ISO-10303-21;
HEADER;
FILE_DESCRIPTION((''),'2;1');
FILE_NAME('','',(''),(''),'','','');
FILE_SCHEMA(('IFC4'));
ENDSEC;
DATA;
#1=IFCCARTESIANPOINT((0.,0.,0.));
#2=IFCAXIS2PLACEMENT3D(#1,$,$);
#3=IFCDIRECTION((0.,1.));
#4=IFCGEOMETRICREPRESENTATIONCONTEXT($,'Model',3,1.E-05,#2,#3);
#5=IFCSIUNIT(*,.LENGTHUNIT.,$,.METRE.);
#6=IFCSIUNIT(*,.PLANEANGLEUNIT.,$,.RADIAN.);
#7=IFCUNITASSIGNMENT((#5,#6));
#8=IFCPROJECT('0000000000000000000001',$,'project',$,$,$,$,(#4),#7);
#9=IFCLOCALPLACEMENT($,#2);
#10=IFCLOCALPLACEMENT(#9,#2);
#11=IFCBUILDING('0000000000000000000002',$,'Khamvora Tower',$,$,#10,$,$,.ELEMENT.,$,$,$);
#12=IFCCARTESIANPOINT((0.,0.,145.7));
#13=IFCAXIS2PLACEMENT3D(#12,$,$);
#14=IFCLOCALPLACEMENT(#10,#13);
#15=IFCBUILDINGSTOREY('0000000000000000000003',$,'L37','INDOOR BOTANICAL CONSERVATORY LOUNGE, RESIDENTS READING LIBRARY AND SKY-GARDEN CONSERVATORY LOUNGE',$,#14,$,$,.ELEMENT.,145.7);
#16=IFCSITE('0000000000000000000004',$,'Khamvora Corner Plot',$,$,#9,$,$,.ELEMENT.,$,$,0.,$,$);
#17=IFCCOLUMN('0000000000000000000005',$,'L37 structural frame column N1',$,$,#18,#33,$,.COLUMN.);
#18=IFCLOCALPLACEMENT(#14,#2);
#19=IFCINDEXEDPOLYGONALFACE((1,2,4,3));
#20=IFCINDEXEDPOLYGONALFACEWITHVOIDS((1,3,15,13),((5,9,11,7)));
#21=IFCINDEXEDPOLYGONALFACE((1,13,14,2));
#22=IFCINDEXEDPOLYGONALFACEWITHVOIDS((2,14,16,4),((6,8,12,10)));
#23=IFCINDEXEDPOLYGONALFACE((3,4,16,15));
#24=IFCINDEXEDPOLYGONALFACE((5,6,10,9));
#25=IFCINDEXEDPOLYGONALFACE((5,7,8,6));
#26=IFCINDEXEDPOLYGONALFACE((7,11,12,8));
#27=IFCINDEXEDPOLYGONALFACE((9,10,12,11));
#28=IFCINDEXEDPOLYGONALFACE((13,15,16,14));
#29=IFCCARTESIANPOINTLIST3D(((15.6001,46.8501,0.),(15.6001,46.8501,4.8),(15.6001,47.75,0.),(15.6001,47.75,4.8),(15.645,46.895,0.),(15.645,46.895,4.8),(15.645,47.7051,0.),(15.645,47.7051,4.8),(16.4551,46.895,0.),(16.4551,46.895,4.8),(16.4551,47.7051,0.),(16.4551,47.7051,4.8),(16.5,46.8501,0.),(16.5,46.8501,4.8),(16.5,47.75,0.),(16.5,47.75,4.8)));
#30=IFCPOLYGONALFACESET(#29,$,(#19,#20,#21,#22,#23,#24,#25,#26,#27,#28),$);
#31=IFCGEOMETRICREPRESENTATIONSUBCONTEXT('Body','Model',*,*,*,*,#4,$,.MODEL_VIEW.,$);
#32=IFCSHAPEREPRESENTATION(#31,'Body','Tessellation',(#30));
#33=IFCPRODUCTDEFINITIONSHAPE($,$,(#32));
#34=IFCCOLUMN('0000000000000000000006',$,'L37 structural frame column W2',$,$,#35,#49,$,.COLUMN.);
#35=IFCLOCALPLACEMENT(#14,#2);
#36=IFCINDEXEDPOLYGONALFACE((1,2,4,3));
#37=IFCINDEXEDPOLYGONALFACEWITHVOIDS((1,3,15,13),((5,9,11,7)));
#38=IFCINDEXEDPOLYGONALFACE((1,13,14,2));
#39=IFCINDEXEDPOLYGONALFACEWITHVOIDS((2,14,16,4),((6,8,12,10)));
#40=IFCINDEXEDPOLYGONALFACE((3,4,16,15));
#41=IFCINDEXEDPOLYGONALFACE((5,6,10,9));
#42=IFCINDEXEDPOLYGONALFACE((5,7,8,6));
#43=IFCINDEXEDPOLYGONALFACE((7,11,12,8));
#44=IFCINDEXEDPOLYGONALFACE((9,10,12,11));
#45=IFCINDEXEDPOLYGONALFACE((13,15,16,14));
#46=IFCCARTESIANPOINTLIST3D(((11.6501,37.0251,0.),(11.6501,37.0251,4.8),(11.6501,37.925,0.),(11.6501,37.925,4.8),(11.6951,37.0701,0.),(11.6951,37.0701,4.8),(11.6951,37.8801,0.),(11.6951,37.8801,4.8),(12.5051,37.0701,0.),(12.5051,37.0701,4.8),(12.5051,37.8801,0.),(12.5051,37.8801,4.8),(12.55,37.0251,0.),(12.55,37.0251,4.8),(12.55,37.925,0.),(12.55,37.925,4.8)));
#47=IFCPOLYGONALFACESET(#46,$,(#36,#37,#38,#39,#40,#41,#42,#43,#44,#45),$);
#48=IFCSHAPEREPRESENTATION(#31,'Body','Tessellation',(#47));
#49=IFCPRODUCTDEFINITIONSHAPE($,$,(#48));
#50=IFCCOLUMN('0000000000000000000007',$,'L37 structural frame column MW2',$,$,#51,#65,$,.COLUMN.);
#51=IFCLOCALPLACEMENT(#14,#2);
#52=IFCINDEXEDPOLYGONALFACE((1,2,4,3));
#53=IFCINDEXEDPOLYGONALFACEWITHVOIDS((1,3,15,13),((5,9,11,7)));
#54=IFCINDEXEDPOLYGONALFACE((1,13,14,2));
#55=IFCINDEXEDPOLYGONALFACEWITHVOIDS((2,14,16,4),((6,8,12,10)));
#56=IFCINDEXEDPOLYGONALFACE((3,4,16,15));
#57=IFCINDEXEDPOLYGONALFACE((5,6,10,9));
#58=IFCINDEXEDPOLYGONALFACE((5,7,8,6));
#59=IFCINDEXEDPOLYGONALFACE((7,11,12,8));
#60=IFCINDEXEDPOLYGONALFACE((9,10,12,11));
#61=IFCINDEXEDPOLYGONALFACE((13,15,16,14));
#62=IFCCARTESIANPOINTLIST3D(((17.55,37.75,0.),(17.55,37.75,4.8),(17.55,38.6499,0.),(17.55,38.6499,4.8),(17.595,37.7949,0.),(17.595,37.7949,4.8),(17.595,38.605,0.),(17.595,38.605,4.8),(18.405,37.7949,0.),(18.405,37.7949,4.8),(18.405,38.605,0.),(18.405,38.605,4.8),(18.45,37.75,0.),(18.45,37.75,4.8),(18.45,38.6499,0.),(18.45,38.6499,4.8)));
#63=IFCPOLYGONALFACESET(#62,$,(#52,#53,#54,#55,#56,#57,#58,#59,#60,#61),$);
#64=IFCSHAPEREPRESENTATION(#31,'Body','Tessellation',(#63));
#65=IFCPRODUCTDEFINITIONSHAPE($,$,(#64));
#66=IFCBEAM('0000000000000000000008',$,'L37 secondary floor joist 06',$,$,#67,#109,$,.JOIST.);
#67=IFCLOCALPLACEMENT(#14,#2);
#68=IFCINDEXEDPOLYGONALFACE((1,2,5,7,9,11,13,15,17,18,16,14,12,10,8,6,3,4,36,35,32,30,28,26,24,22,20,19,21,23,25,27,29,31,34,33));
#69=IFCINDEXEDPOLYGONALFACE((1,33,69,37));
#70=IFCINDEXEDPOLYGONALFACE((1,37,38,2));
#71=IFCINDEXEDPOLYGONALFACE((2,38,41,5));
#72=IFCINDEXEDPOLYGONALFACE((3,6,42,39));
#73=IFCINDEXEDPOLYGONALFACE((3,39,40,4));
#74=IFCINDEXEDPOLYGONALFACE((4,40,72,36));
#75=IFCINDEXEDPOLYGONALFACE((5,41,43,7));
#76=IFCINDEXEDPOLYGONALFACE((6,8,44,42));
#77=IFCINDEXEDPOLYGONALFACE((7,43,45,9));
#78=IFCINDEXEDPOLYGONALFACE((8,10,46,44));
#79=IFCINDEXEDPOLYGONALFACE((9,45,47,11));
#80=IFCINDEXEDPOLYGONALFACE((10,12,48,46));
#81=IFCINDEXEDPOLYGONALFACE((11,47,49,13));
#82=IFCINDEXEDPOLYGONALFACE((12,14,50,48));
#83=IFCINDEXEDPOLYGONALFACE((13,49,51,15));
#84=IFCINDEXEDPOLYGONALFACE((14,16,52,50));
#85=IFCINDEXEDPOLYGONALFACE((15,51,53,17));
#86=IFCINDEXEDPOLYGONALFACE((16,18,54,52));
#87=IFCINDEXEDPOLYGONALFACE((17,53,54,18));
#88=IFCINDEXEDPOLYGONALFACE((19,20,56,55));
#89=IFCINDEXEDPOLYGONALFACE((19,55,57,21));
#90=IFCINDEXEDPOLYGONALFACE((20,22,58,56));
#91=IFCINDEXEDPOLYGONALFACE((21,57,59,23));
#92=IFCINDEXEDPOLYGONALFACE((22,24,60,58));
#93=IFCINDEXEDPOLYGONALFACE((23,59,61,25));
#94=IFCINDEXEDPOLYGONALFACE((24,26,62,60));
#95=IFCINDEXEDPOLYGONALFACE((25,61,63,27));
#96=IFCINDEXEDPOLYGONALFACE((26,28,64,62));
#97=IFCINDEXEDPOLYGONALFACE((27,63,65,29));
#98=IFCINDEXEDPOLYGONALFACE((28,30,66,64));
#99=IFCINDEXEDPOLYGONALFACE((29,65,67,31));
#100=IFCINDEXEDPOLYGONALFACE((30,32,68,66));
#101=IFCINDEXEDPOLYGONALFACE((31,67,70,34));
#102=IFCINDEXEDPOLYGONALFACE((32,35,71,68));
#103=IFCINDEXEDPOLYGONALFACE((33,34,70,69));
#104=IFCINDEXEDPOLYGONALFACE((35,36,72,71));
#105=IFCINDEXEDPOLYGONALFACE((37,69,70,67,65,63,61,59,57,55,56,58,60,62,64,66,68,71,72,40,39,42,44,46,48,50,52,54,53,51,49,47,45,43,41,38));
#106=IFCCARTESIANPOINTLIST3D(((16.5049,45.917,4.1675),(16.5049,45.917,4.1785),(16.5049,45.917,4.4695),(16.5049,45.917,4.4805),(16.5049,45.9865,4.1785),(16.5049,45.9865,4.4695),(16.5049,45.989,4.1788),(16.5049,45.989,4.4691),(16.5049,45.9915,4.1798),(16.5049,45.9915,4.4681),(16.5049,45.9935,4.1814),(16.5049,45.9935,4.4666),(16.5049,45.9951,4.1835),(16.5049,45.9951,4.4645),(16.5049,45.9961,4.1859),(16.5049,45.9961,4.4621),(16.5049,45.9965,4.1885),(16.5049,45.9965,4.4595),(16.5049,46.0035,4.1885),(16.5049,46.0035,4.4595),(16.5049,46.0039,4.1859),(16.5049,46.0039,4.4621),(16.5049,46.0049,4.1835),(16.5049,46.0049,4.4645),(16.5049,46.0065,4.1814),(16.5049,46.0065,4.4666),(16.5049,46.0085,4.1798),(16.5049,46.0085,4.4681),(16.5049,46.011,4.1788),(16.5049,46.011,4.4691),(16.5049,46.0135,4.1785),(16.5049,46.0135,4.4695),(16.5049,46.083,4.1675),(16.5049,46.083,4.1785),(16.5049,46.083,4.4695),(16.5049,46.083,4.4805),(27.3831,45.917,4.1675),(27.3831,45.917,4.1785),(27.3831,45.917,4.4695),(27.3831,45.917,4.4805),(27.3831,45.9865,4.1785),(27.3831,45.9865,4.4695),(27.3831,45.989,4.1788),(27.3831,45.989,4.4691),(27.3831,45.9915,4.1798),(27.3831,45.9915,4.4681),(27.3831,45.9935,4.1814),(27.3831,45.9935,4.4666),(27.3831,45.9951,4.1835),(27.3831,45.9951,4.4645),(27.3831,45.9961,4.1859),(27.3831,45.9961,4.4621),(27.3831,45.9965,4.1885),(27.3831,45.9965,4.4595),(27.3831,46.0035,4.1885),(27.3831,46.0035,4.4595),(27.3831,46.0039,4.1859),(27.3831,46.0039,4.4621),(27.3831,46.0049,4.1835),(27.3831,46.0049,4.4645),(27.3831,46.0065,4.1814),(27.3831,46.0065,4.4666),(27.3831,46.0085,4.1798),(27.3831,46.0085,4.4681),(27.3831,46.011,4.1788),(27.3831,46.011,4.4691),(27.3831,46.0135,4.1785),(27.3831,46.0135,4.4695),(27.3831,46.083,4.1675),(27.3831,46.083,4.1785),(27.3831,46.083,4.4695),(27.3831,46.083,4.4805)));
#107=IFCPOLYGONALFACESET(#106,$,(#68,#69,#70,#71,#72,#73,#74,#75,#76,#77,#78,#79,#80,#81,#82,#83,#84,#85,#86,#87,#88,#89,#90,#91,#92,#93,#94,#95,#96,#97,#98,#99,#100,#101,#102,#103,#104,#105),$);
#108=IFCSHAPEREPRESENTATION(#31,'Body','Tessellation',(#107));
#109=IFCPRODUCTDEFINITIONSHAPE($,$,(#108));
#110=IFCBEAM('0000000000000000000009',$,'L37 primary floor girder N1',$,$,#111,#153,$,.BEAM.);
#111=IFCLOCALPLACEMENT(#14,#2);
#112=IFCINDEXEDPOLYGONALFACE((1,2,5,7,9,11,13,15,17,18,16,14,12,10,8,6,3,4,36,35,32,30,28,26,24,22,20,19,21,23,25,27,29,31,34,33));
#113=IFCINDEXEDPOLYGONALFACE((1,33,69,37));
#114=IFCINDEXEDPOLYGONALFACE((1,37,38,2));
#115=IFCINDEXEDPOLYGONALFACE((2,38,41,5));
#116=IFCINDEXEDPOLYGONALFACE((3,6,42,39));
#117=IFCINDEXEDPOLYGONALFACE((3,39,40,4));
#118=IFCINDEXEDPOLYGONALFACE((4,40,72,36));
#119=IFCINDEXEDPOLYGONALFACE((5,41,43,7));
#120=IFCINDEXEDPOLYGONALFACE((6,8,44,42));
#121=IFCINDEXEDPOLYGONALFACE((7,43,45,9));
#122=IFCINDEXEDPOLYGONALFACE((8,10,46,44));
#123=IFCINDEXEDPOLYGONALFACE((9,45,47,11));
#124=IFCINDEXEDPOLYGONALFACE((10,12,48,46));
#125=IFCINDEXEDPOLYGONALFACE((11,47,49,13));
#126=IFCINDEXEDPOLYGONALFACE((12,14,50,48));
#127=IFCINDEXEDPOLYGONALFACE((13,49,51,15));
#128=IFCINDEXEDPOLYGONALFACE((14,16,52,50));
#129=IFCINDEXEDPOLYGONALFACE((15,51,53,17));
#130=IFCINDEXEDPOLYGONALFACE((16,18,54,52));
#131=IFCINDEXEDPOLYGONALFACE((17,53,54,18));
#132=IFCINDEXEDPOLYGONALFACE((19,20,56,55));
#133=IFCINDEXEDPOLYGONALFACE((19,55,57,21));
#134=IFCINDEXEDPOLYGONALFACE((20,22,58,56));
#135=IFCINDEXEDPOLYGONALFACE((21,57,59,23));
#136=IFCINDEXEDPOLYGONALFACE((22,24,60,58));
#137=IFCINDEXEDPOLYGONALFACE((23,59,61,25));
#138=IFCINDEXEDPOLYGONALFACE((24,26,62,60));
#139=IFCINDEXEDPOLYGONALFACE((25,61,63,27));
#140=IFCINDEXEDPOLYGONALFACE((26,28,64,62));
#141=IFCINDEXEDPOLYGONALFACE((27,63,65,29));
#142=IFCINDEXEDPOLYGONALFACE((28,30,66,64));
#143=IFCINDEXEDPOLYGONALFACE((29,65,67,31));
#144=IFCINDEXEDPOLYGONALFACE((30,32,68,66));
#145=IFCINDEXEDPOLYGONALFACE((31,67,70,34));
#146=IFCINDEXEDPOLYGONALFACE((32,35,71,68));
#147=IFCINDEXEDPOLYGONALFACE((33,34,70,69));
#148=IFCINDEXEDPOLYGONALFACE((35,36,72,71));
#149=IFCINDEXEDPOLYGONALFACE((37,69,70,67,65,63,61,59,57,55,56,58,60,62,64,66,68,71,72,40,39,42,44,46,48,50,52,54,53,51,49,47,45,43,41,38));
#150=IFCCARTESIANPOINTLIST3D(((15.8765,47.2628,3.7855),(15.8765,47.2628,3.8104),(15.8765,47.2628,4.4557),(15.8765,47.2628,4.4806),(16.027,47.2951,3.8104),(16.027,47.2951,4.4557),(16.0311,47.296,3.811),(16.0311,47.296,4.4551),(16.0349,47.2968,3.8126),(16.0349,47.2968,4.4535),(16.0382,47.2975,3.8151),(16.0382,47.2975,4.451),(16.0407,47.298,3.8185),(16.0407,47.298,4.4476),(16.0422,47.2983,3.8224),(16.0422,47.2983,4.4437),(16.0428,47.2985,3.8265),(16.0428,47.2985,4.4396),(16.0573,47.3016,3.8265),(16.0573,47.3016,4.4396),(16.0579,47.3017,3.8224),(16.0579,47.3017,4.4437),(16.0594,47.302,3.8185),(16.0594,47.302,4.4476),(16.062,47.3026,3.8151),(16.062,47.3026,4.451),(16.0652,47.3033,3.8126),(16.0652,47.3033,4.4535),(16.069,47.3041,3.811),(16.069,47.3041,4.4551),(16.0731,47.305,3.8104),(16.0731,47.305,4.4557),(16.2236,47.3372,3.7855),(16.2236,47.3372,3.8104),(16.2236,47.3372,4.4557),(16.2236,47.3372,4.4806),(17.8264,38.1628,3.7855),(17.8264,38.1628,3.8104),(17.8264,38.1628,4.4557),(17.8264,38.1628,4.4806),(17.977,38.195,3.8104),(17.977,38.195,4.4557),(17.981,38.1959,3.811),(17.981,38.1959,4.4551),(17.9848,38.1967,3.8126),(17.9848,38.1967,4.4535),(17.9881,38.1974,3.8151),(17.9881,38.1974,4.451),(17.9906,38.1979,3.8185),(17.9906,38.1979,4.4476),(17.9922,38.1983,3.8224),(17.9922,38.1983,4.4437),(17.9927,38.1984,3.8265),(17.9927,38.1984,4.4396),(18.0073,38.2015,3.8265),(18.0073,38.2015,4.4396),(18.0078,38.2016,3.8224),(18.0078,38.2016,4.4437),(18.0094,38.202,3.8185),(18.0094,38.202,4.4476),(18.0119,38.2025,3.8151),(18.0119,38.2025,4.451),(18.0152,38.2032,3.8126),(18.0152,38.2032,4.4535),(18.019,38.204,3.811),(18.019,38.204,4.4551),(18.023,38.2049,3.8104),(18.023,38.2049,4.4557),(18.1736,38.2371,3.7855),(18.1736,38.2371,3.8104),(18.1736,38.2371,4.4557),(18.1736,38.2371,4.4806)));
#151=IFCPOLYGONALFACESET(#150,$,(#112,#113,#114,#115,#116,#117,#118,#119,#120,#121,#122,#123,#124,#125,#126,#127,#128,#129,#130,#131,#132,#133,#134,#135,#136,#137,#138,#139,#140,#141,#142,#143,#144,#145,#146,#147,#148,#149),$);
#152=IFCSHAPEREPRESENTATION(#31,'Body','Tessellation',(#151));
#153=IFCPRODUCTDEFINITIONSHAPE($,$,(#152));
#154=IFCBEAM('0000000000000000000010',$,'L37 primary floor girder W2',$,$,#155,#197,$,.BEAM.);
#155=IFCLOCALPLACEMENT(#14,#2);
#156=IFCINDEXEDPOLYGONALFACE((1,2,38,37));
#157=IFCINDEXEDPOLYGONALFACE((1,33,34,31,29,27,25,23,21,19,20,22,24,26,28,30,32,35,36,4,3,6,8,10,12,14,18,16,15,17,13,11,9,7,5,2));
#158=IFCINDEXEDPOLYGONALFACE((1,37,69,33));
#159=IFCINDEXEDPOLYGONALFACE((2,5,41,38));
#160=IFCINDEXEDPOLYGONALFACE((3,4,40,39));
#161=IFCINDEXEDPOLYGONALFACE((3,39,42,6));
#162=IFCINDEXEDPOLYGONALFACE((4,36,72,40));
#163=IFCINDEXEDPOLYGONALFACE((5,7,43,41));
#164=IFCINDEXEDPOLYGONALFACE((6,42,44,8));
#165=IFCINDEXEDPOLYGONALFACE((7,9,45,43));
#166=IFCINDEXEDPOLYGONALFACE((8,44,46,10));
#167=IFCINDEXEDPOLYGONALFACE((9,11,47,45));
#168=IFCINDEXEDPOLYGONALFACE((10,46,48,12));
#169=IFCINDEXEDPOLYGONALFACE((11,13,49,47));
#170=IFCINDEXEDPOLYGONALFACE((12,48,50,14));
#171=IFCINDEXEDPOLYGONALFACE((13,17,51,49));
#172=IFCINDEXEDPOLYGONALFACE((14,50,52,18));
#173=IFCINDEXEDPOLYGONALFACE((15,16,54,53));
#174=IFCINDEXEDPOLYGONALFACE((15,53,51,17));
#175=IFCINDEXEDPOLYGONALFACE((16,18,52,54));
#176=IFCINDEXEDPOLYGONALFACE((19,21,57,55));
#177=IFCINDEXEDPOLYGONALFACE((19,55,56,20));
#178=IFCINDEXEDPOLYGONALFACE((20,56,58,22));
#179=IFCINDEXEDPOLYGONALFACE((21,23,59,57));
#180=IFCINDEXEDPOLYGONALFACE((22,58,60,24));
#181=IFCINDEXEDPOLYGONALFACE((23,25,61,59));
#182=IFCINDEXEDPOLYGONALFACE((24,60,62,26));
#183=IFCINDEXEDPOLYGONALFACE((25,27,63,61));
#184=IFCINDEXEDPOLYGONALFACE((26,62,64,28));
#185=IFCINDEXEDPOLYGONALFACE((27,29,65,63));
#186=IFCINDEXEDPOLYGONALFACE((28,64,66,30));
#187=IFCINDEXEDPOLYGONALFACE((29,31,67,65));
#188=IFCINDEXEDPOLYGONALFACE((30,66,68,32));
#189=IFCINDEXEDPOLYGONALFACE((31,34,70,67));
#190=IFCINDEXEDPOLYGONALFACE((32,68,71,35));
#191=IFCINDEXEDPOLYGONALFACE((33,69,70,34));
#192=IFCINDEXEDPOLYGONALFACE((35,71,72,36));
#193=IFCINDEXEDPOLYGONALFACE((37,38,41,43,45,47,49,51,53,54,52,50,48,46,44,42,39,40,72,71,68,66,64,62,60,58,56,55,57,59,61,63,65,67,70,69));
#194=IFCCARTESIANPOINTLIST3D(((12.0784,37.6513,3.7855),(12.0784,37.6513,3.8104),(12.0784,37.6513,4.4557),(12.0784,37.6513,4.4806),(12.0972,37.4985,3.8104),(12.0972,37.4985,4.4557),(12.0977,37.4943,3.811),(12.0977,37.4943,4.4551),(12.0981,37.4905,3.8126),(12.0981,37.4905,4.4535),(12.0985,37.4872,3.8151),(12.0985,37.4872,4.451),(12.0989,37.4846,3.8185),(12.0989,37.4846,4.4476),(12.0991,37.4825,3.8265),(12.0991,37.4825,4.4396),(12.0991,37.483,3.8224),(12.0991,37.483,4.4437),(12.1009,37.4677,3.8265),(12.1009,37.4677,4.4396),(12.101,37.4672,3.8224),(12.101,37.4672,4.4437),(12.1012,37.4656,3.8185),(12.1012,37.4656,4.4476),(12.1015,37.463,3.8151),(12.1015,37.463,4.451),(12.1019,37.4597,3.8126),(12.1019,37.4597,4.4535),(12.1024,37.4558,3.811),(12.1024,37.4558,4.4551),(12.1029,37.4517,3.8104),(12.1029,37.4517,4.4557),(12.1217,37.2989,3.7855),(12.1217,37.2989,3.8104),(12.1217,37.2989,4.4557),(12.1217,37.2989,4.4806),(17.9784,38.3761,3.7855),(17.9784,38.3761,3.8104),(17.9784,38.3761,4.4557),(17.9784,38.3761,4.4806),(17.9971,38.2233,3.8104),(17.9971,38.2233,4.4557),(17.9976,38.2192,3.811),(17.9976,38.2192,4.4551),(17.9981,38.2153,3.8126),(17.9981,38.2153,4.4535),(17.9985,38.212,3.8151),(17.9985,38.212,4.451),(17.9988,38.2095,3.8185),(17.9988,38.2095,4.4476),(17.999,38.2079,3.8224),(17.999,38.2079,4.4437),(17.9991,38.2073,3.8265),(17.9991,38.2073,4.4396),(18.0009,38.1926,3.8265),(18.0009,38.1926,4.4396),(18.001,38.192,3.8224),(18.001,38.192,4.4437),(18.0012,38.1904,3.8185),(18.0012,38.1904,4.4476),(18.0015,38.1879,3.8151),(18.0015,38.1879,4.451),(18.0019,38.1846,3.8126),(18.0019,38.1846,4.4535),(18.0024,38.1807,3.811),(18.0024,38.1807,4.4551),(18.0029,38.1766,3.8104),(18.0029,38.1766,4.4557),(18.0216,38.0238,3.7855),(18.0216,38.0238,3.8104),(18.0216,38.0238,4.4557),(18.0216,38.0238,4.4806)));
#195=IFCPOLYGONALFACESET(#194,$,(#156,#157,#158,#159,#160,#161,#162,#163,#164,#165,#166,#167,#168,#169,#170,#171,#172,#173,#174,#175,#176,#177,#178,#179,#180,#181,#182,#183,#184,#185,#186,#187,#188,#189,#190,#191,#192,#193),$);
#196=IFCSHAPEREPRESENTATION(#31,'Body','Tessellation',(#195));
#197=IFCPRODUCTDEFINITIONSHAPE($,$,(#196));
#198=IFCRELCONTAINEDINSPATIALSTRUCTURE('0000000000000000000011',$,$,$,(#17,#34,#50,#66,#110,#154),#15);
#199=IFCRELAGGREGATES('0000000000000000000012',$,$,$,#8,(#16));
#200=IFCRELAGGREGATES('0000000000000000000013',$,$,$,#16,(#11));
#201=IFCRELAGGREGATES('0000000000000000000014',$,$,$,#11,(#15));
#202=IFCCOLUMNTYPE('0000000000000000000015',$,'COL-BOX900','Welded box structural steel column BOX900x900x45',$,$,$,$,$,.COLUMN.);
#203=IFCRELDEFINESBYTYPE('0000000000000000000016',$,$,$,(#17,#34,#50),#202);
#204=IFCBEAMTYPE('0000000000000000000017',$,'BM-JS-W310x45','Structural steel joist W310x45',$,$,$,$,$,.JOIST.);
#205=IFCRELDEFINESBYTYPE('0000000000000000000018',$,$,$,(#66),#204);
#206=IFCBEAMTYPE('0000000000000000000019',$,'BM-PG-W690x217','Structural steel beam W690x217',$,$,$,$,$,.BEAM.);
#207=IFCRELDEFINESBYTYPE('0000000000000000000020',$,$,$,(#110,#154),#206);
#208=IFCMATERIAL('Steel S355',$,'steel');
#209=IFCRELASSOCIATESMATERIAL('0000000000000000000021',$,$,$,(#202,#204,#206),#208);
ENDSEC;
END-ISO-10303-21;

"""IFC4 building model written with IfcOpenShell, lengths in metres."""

from ifc_helpers import new_model, si_unit, direction, frame, origin, origin_2d, place, context, subcontext, project, spatial, hollow_rectangle, i_section, extrude, material, material_profile, profile_set, type_object, element, save


model = new_model("IFC4")

# Units and contexts
model_context = context("Model", 3, precision=1e-05, world=origin(), true_north=direction((0.0, 1.0)))
body_context = subcontext(model_context, "Body", "Model", "MODEL_VIEW")
ifc_project = project(units=[si_unit("LENGTHUNIT", "METRE"), si_unit("PLANEANGLEUNIT", "RADIAN")], contexts=[model_context])

# Site, building, storey
site_placement = place(None, origin())
site = spatial("IfcSite", under=ifc_project, at=site_placement, Name="Khamvora Corner Plot", CompositionType="ELEMENT", RefElevation=0.0)
building_placement = place(site_placement, origin())
building = spatial("IfcBuilding", under=site, at=building_placement, Name="Khamvora Tower", CompositionType="ELEMENT")
storey_placement = place(building_placement, frame((0.0, 0.0, 145.7)))
storey = spatial("IfcBuildingStorey", under=building, at=storey_placement, Name="L37", Description="INDOOR BOTANICAL CONSERVATORY LOUNGE, RESIDENTS READING LIBRARY AND SKY-GARDEN CONSERVATORY LOUNGE", CompositionType="ELEMENT", Elevation=145.7)

# Columns
ifc_material_1 = material(Name="Steel S355", Category="steel")
ifc_material_profile_1 = material_profile(ifc_material_1, hollow_rectangle(XDim=0.8999, YDim=0.8999, WallThickness=0.0449, at=origin_2d()), Name="BOX900x900x45")
ifc_profile_set_1 = profile_set([ifc_material_profile_1], Name="Steel S355")
column_type = type_object("IfcColumnType", Name="COL-BOX900", Description="Welded box structural steel column BOX900x900x45", PredefinedType="COLUMN", material=ifc_profile_set_1)
for number, where, z_axis, x_axis, name in (
    (1, (16.05, 47.3, 0.0), (0.0, 0.0, 1.0), (1.0, 0.0, 0.0), "L37 structural frame column N1"),
    (2, (12.1001, 37.4751, 0.0), (0.0, 0.0, 1.0), (1.0, 0.0, 0.0), "L37 structural frame column W2"),
    (3, (18.0, 38.2, 0.0), (0.0, 0.0, 1.0), (1.0, 0.0, 0.0), "L37 structural frame column MW2"),
):
    element("IfcColumn", number, at=place(storey_placement, frame(where, z_axis=z_axis, x_axis=x_axis)), inside=storey, type_object=column_type, Name=name, PredefinedType="COLUMN", context=body_context, shape_type="SweptSolid", body=[
        extrude(hollow_rectangle(XDim=0.8999, YDim=0.8999, WallThickness=0.0449, at=origin_2d()), origin(), (0.0, 0.0, 1.0), 4.8),
    ])

# Beams
ifc_material_profile_2 = material_profile(ifc_material_1, i_section(OverallWidth=0.166, OverallDepth=0.313, WebThickness=0.0071, FlangeThickness=0.011, FilletRadius=0.01, at=origin_2d()), Name="W310x45")
ifc_profile_set_2 = profile_set([ifc_material_profile_2], Name="Steel S355")
beam_type_1 = type_object("IfcBeamType", Name="BM-JS-W310x45", Description="Structural steel joist W310x45", PredefinedType="JOIST", material=ifc_profile_set_2)
beam_1_placement = place(storey_placement, frame((16.5049, 46.0, 4.324), z_axis=(1.0, 0.0, 0.0), x_axis=(0.0, 1.0, 0.0)))
element("IfcBeam", 4, at=beam_1_placement, inside=storey, type_object=beam_type_1, Name="L37 secondary floor joist 06", PredefinedType="JOIST", context=body_context, shape_type="SweptSolid", body=[
    extrude(i_section(OverallWidth=0.166, OverallDepth=0.313, WebThickness=0.0071, FlangeThickness=0.011, FilletRadius=0.01, at=origin_2d()), origin(), (0.0, 0.0, 1.0), 10.8782),
])
ifc_material_profile_3 = material_profile(ifc_material_1, i_section(OverallWidth=0.355, OverallDepth=0.6951, WebThickness=0.0149, FlangeThickness=0.0249, FilletRadius=0.0161, at=origin_2d()), Name="W690x217")
ifc_profile_set_3 = profile_set([ifc_material_profile_3], Name="Steel S355")
beam_type_2 = type_object("IfcBeamType", Name="BM-PG-W690x217", Description="Structural steel beam W690x217", PredefinedType="BEAM", material=ifc_profile_set_3)
beam_2_placement = place(storey_placement, frame((18.0, 38.2, 4.1331), z_axis=(-0.209522, 0.977804, 0.0), x_axis=(-0.977804, -0.209522, 0.0)))
element("IfcBeam", 5, at=beam_2_placement, inside=storey, type_object=beam_type_2, Name="L37 primary floor girder N1", PredefinedType="BEAM", context=body_context, shape_type="SweptSolid", body=[
    extrude(i_section(OverallWidth=0.355, OverallDepth=0.6951, WebThickness=0.0149, FlangeThickness=0.0249, FilletRadius=0.0161, at=origin_2d()), origin(), (0.0, 0.0, 1.0), 9.3066),
])
beam_3_placement = place(storey_placement, frame((18.0, 38.2, 4.1331), z_axis=(-0.992537, -0.121942, 0.0), x_axis=(0.121942, -0.992537, 0.0)))
element("IfcBeam", 6, at=beam_3_placement, inside=storey, type_object=beam_type_2, Name="L37 primary floor girder W2", PredefinedType="BEAM", context=body_context, shape_type="SweptSolid", body=[
    extrude(i_section(OverallWidth=0.355, OverallDepth=0.6951, WebThickness=0.0149, FlangeThickness=0.0249, FilletRadius=0.0161, at=origin_2d()), origin(), (0.0, 0.0, 1.0), 5.9443),
])

save(model, "model.ifc")
